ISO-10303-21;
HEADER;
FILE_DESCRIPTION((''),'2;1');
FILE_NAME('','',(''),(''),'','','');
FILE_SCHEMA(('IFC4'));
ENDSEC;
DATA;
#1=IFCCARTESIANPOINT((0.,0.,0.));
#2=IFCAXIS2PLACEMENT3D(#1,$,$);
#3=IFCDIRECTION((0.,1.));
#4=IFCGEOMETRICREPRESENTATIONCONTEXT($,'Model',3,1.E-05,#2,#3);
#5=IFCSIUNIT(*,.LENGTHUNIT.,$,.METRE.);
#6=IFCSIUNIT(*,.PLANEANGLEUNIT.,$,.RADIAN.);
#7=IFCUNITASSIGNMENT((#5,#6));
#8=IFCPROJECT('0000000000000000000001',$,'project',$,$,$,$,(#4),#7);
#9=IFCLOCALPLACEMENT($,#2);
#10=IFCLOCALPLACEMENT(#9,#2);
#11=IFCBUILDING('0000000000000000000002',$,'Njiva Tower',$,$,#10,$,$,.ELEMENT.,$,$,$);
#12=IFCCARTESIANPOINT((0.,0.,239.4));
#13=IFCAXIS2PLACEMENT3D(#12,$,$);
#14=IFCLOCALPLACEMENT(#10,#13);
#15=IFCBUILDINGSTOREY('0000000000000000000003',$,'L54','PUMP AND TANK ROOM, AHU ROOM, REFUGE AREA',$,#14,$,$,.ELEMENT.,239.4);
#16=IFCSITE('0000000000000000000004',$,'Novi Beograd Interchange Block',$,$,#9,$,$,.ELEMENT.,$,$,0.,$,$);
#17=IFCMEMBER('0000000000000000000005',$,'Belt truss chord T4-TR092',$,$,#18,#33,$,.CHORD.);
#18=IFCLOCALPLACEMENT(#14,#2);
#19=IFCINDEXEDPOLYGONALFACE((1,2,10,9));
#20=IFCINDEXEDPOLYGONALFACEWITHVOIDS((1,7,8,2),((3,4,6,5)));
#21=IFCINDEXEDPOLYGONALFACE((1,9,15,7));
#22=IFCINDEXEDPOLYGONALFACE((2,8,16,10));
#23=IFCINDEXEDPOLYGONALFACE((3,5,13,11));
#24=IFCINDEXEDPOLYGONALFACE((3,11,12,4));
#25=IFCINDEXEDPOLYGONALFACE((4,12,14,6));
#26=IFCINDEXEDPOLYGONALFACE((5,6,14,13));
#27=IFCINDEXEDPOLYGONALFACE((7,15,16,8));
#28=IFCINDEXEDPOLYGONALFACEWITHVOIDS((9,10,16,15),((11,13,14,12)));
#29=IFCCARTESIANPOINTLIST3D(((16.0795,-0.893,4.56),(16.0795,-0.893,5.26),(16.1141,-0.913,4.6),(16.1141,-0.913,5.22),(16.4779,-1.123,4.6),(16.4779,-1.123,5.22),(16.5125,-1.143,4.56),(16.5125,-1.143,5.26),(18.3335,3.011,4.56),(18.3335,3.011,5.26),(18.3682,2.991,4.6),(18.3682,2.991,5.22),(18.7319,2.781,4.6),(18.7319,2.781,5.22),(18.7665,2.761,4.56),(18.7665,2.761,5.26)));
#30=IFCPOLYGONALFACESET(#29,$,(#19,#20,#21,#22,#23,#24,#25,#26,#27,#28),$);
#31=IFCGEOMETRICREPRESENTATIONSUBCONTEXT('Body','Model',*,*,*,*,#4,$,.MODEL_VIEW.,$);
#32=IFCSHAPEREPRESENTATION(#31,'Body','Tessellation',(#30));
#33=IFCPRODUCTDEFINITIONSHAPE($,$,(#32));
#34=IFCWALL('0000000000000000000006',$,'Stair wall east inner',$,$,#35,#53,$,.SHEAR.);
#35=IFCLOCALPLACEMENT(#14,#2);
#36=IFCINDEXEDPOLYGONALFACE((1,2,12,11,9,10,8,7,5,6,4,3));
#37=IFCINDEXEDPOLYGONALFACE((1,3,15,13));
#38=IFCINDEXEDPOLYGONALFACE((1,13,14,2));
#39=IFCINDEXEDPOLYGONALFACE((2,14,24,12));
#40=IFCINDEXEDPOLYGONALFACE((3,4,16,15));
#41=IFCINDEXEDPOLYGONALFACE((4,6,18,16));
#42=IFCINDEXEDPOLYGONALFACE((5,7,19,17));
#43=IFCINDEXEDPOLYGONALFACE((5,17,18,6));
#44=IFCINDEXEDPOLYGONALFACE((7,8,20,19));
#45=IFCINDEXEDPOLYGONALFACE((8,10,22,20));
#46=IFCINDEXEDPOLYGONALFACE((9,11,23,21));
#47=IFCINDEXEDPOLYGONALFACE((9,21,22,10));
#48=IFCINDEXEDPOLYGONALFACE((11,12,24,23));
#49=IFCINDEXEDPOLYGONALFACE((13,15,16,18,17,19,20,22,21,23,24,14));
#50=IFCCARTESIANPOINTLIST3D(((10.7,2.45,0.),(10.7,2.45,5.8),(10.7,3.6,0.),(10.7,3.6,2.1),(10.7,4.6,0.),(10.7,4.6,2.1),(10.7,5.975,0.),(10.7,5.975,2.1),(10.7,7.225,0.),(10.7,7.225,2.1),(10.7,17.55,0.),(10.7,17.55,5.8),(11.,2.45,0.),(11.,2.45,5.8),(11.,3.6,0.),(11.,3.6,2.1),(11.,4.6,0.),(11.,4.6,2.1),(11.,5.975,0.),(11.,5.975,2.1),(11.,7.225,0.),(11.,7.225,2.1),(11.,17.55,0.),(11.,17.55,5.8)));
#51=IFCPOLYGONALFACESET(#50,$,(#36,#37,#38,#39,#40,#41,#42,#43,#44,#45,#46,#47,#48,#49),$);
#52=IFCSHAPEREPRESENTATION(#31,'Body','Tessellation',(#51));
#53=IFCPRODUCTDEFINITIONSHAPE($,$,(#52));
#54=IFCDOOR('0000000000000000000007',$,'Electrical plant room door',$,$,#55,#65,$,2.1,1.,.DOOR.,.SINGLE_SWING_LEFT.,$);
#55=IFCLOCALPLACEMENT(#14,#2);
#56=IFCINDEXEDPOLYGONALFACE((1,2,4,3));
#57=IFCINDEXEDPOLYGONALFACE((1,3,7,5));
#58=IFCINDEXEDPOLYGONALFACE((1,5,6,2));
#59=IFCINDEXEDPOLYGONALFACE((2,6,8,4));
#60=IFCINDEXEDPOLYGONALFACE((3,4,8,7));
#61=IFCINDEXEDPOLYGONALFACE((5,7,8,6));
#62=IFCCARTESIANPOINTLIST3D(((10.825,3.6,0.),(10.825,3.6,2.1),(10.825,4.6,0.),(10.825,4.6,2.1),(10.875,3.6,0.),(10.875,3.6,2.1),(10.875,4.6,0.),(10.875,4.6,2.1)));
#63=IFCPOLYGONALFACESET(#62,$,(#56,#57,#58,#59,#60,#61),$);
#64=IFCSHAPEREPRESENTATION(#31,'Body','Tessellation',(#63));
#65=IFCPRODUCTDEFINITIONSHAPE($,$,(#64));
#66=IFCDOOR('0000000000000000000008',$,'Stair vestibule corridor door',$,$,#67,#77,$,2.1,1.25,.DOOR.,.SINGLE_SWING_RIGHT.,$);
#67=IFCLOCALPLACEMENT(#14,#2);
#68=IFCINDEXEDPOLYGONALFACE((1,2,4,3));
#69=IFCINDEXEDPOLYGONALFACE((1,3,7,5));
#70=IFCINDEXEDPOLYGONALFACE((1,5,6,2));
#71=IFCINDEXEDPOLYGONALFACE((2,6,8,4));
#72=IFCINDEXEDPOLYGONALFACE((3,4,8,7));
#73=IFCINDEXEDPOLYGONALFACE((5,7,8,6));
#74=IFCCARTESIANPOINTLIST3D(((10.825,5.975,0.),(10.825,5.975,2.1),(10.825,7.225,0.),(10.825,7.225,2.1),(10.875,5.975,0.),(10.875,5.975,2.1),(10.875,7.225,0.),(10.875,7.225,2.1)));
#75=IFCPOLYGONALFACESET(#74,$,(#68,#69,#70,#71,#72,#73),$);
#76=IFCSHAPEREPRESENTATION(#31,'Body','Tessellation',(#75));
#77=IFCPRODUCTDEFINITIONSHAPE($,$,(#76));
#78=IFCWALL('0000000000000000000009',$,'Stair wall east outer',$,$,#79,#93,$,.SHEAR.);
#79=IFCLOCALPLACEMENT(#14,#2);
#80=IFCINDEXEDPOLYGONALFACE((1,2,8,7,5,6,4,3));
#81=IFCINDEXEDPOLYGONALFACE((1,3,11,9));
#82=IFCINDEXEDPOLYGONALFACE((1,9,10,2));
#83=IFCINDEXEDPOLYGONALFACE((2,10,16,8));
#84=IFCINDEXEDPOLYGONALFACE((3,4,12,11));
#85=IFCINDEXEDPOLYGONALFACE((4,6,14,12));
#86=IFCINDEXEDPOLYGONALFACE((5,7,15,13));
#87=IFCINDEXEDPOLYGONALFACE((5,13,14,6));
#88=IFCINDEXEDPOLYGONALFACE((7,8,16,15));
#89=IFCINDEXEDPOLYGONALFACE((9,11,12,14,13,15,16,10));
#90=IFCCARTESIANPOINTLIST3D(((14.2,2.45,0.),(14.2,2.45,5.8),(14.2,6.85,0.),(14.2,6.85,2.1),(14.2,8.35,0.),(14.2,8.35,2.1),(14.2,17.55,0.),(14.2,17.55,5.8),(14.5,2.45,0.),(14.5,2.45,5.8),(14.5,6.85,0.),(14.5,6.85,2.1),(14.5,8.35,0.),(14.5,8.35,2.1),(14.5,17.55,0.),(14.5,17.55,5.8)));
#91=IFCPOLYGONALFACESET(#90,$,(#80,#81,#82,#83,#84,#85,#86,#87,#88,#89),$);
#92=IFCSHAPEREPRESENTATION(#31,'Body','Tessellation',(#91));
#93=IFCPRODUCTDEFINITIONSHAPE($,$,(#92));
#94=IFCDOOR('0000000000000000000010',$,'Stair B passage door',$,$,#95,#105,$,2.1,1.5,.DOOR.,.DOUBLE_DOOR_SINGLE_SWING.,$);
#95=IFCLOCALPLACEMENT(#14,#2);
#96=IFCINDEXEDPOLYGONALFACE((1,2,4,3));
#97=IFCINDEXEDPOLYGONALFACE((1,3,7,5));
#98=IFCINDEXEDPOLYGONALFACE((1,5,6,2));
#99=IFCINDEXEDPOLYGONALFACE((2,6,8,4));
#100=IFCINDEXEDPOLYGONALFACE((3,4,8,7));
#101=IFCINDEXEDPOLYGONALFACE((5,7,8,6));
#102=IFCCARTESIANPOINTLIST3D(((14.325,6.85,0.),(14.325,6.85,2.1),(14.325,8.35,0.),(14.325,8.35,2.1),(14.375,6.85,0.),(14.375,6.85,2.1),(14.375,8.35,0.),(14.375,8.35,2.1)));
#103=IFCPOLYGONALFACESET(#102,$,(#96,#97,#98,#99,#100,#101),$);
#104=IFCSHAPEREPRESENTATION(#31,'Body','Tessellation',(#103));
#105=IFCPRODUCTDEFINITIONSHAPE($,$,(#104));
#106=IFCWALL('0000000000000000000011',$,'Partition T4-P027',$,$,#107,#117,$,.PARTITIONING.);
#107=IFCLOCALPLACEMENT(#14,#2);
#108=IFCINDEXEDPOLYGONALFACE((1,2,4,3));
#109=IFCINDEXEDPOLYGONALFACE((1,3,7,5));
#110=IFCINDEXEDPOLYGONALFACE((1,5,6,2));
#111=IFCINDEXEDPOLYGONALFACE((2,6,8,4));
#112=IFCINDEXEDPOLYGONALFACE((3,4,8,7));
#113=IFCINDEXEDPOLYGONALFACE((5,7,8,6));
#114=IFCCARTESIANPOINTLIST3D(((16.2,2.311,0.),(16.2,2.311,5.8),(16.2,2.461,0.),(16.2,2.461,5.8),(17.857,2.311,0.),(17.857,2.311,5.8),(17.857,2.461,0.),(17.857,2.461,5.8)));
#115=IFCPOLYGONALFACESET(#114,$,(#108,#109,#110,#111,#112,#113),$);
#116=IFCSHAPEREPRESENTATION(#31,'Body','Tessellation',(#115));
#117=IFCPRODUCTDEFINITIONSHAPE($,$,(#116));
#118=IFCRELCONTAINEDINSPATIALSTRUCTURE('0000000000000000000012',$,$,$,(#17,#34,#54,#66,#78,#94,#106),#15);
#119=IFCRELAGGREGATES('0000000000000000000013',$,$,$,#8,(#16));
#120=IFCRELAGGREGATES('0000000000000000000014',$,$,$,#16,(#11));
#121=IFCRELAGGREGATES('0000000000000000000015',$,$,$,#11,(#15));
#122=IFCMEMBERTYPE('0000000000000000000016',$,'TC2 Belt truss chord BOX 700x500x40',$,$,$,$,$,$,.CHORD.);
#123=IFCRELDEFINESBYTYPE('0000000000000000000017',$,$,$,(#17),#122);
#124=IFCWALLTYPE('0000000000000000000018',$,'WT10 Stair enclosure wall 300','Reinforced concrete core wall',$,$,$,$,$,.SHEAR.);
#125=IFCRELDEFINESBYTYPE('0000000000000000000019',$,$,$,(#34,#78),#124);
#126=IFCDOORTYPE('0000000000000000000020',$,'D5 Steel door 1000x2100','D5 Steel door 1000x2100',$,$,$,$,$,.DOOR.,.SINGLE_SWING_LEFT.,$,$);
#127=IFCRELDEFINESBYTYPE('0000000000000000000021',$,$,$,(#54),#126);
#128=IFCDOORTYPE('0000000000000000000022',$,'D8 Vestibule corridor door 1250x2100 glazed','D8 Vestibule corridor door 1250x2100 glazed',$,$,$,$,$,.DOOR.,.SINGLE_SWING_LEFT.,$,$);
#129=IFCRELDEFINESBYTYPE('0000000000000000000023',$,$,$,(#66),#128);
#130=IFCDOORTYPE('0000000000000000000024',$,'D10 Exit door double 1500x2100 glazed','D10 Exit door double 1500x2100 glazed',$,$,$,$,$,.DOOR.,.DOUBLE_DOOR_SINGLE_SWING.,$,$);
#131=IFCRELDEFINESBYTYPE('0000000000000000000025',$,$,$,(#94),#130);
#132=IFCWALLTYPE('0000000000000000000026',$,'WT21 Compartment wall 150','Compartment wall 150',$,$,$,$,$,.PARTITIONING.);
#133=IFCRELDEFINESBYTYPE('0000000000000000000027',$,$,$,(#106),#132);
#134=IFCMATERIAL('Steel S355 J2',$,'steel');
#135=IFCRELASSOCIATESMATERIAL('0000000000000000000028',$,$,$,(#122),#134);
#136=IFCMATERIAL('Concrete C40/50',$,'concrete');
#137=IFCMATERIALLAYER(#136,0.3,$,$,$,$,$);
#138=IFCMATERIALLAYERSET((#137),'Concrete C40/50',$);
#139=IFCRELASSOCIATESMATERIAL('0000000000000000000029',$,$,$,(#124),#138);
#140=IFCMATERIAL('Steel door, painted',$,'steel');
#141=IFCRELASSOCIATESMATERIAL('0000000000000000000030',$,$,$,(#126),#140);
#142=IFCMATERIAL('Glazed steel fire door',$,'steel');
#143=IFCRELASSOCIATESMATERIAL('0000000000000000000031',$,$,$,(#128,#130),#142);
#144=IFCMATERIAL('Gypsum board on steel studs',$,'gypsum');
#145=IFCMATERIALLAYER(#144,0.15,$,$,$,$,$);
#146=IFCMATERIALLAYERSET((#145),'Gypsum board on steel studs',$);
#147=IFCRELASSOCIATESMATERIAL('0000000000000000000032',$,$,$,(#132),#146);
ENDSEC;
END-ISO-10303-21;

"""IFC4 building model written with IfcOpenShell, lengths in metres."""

from ifc_helpers import new_model, si_unit, direction, frame, frame_2d, origin, origin_2d, place, context, subcontext, project, spatial, rectangle, hollow_rectangle, extrude, material, layer, layer_set, material_profile, profile_set, type_object, element, fill, save


model = new_model("IFC4")

# Units and contexts
model_context = context("Model", 3, precision=1e-05, world=origin(), true_north=direction((0.0, 1.0)))
body_context = subcontext(model_context, "Body", "Model", "MODEL_VIEW")
ifc_project = project(units=[si_unit("LENGTHUNIT", "METRE"), si_unit("PLANEANGLEUNIT", "RADIAN")], contexts=[model_context])

# Site, building, storey
site_placement = place(None, origin())
site = spatial("IfcSite", under=ifc_project, at=site_placement, Name="Novi Beograd Interchange Block", CompositionType="ELEMENT", RefElevation=0.0)
building_placement = place(site_placement, origin())
building = spatial("IfcBuilding", under=site, at=building_placement, Name="Njiva Tower", CompositionType="ELEMENT")
storey_placement = place(building_placement, frame((0.0, 0.0, 239.4)))
storey = spatial("IfcBuildingStorey", under=building, at=storey_placement, Name="L54", Description="PUMP AND TANK ROOM, AHU ROOM, REFUGE AREA", CompositionType="ELEMENT", Elevation=239.4)

# Shared definitions
ifc_material_1 = material(Name="Steel S355 J2", Category="steel")

# Member
ifc_material_profile_1 = material_profile(ifc_material_1, hollow_rectangle(XDim=0.5, YDim=0.7, WallThickness=0.04, at=origin_2d()), Name="BOX 700x500x40")
ifc_profile_set_1 = profile_set([ifc_material_profile_1], Name="Steel S355 J2")
member_type_1 = type_object("IfcMemberType", Name="TC2 Belt truss chord BOX 700x500x40", PredefinedType="CHORD", material=ifc_profile_set_1)
for number, where, z_axis, x_axis, name in (
    (1, (16.296, -1.018, 4.91), (0.500004, 0.866023, 0.0), (-0.866023, 0.500004, 0.0), "Belt truss chord T4-TR092"),
):
    element("IfcMember", number, at=place(storey_placement, frame(where, z_axis=z_axis, x_axis=x_axis)), inside=storey, type_object=member_type_1, Name=name, PredefinedType="CHORD", context=body_context, shape_type="SweptSolid", body=[
        extrude(hollow_rectangle(XDim=0.5, YDim=0.7, WallThickness=0.04, at=origin_2d()), origin(), (0.0, 0.0, 1.0), 4.508),
    ])

# Wall, openings, doors
ifc_material_2 = material(Name="Concrete C40/50", Category="concrete")
ifc_layer_1 = layer(ifc_material_2, 0.3)
ifc_layer_set_1 = layer_set([ifc_layer_1], Name="Concrete C40/50")
wall_type_1 = type_object("IfcWallType", Name="WT10 Stair enclosure wall 300", Description="Reinforced concrete core wall", PredefinedType="SHEAR", material=ifc_layer_set_1)
wall_1_placement = place(storey_placement, frame((10.85, 2.45, 0.0), z_axis=(0.0, 0.0, 1.0), x_axis=(0.0, 1.0, 0.0)))
wall_1 = element("IfcWall", 2, at=wall_1_placement, inside=storey, type_object=wall_type_1, Name="Stair wall east inner", PredefinedType="SHEAR", context=body_context, shape_type="SweptSolid", body=[
    extrude(rectangle(XDim=15.1, YDim=0.3, at=frame_2d((7.55, 0.0))), origin(), (0.0, 0.0, 1.0), 5.8),
])
opening_1_placement = place(wall_1_placement, frame((3.525, 0.0, 0.0)))
opening_1 = element("IfcOpeningElement", 3, at=opening_1_placement, cuts=wall_1, PredefinedType="OPENING", context=body_context, shape_type="SweptSolid", body=[
    extrude(rectangle(XDim=1.25, YDim=2.1, at=frame_2d((0.625, 1.05))), frame((0.0, 0.16, 0.0), z_axis=(0.0, -1.0, 0.0), x_axis=(1.0, 0.0, 0.0)), (0.0, 0.0, 1.0), 0.32),
])
opening_2_placement = place(wall_1_placement, frame((1.15, 0.0, 0.0)))
opening_2 = element("IfcOpeningElement", 4, at=opening_2_placement, cuts=wall_1, PredefinedType="OPENING", context=body_context, shape_type="SweptSolid", body=[
    extrude(rectangle(XDim=1.0, YDim=2.1, at=frame_2d((0.5, 1.05))), frame((0.0, 0.16, 0.0), z_axis=(0.0, -1.0, 0.0), x_axis=(1.0, 0.0, 0.0)), (0.0, 0.0, 1.0), 0.32),
])
ifc_material_3 = material(Name="Steel door, painted", Category="steel")
door_type_1 = type_object("IfcDoorType", Name="D5 Steel door 1000x2100", Description="D5 Steel door 1000x2100", OperationType="SINGLE_SWING_LEFT", PredefinedType="DOOR", material=ifc_material_3)
door_1_placement = place(opening_2_placement, origin())
door_1 = element("IfcDoor", 5, at=door_1_placement, inside=storey, type_object=door_type_1, Name="Electrical plant room door", OperationType="SINGLE_SWING_LEFT", OverallHeight=2.1, OverallWidth=1.0, PredefinedType="DOOR", context=body_context, shape_type="SweptSolid", body=[
    extrude(rectangle(XDim=1.0, YDim=2.1, at=frame_2d((0.5, 1.05))), frame((0.0, 0.025, 0.0), z_axis=(0.0, -1.0, 0.0), x_axis=(1.0, 0.0, 0.0)), (0.0, 0.0, 1.0), 0.05),
])
fill(opening_2, door_1)
ifc_material_4 = material(Name="Glazed steel fire door", Category="steel")
door_type_2 = type_object("IfcDoorType", Name="D8 Vestibule corridor door 1250x2100 glazed", Description="D8 Vestibule corridor door 1250x2100 glazed", OperationType="SINGLE_SWING_LEFT", PredefinedType="DOOR", material=ifc_material_4)
door_2_placement = place(opening_1_placement, origin())
door_2 = element("IfcDoor", 6, at=door_2_placement, inside=storey, type_object=door_type_2, Name="Stair vestibule corridor door", OperationType="SINGLE_SWING_RIGHT", OverallHeight=2.1, OverallWidth=1.25, PredefinedType="DOOR", context=body_context, shape_type="SweptSolid", body=[
    extrude(rectangle(XDim=1.25, YDim=2.1, at=frame_2d((0.625, 1.05))), frame((0.0, 0.025, 0.0), z_axis=(0.0, -1.0, 0.0), x_axis=(1.0, 0.0, 0.0)), (0.0, 0.0, 1.0), 0.05),
])
fill(opening_1, door_2)

# Wall, opening, door
wall_2_placement = place(storey_placement, frame((14.35, 2.45, 0.0), z_axis=(0.0, 0.0, 1.0), x_axis=(0.0, 1.0, 0.0)))
wall_2 = element("IfcWall", 7, at=wall_2_placement, inside=storey, type_object=wall_type_1, Name="Stair wall east outer", PredefinedType="SHEAR", context=body_context, shape_type="SweptSolid", body=[
    extrude(rectangle(XDim=15.1, YDim=0.3, at=frame_2d((7.55, 0.0))), origin(), (0.0, 0.0, 1.0), 5.8),
])
opening_3_placement = place(wall_2_placement, frame((4.4, 0.0, 0.0)))
opening_3 = element("IfcOpeningElement", 8, at=opening_3_placement, cuts=wall_2, PredefinedType="OPENING", context=body_context, shape_type="SweptSolid", body=[
    extrude(rectangle(XDim=1.5, YDim=2.1, at=frame_2d((0.75, 1.05))), frame((0.0, 0.16, 0.0), z_axis=(0.0, -1.0, 0.0), x_axis=(1.0, 0.0, 0.0)), (0.0, 0.0, 1.0), 0.32),
])
door_type_3 = type_object("IfcDoorType", Name="D10 Exit door double 1500x2100 glazed", Description="D10 Exit door double 1500x2100 glazed", OperationType="DOUBLE_DOOR_SINGLE_SWING", PredefinedType="DOOR", material=ifc_material_4)
door_3_placement = place(opening_3_placement, origin())
door_3 = element("IfcDoor", 9, at=door_3_placement, inside=storey, type_object=door_type_3, Name="Stair B passage door", OperationType="DOUBLE_DOOR_SINGLE_SWING", OverallHeight=2.1, OverallWidth=1.5, PredefinedType="DOOR", context=body_context, shape_type="SweptSolid", body=[
    extrude(rectangle(XDim=1.5, YDim=2.1, at=frame_2d((0.75, 1.05))), frame((0.0, 0.025, 0.0), z_axis=(0.0, -1.0, 0.0), x_axis=(1.0, 0.0, 0.0)), (0.0, 0.0, 1.0), 0.05),
])
fill(opening_3, door_3)

# Wall
ifc_material_5 = material(Name="Gypsum board on steel studs", Category="gypsum")
ifc_layer_2 = layer(ifc_material_5, 0.15)
ifc_layer_set_2 = layer_set([ifc_layer_2], Name="Gypsum board on steel studs")
wall_type_2 = type_object("IfcWallType", Name="WT21 Compartment wall 150", Description="Compartment wall 150", PredefinedType="PARTITIONING", material=ifc_layer_set_2)
wall_3_placement = place(storey_placement, frame((16.2, 2.386, 0.0), z_axis=(0.0, 0.0, 1.0), x_axis=(1.0, 0.0, 0.0)))
element("IfcWall", 10, at=wall_3_placement, inside=storey, type_object=wall_type_2, Name="Partition T4-P027", PredefinedType="PARTITIONING", context=body_context, shape_type="SweptSolid", body=[
    extrude(rectangle(XDim=1.657, YDim=0.15, at=frame_2d((0.8285, 0.0))), origin(), (0.0, 0.0, 1.0), 5.8),
])

save(model, "model.ifc")
